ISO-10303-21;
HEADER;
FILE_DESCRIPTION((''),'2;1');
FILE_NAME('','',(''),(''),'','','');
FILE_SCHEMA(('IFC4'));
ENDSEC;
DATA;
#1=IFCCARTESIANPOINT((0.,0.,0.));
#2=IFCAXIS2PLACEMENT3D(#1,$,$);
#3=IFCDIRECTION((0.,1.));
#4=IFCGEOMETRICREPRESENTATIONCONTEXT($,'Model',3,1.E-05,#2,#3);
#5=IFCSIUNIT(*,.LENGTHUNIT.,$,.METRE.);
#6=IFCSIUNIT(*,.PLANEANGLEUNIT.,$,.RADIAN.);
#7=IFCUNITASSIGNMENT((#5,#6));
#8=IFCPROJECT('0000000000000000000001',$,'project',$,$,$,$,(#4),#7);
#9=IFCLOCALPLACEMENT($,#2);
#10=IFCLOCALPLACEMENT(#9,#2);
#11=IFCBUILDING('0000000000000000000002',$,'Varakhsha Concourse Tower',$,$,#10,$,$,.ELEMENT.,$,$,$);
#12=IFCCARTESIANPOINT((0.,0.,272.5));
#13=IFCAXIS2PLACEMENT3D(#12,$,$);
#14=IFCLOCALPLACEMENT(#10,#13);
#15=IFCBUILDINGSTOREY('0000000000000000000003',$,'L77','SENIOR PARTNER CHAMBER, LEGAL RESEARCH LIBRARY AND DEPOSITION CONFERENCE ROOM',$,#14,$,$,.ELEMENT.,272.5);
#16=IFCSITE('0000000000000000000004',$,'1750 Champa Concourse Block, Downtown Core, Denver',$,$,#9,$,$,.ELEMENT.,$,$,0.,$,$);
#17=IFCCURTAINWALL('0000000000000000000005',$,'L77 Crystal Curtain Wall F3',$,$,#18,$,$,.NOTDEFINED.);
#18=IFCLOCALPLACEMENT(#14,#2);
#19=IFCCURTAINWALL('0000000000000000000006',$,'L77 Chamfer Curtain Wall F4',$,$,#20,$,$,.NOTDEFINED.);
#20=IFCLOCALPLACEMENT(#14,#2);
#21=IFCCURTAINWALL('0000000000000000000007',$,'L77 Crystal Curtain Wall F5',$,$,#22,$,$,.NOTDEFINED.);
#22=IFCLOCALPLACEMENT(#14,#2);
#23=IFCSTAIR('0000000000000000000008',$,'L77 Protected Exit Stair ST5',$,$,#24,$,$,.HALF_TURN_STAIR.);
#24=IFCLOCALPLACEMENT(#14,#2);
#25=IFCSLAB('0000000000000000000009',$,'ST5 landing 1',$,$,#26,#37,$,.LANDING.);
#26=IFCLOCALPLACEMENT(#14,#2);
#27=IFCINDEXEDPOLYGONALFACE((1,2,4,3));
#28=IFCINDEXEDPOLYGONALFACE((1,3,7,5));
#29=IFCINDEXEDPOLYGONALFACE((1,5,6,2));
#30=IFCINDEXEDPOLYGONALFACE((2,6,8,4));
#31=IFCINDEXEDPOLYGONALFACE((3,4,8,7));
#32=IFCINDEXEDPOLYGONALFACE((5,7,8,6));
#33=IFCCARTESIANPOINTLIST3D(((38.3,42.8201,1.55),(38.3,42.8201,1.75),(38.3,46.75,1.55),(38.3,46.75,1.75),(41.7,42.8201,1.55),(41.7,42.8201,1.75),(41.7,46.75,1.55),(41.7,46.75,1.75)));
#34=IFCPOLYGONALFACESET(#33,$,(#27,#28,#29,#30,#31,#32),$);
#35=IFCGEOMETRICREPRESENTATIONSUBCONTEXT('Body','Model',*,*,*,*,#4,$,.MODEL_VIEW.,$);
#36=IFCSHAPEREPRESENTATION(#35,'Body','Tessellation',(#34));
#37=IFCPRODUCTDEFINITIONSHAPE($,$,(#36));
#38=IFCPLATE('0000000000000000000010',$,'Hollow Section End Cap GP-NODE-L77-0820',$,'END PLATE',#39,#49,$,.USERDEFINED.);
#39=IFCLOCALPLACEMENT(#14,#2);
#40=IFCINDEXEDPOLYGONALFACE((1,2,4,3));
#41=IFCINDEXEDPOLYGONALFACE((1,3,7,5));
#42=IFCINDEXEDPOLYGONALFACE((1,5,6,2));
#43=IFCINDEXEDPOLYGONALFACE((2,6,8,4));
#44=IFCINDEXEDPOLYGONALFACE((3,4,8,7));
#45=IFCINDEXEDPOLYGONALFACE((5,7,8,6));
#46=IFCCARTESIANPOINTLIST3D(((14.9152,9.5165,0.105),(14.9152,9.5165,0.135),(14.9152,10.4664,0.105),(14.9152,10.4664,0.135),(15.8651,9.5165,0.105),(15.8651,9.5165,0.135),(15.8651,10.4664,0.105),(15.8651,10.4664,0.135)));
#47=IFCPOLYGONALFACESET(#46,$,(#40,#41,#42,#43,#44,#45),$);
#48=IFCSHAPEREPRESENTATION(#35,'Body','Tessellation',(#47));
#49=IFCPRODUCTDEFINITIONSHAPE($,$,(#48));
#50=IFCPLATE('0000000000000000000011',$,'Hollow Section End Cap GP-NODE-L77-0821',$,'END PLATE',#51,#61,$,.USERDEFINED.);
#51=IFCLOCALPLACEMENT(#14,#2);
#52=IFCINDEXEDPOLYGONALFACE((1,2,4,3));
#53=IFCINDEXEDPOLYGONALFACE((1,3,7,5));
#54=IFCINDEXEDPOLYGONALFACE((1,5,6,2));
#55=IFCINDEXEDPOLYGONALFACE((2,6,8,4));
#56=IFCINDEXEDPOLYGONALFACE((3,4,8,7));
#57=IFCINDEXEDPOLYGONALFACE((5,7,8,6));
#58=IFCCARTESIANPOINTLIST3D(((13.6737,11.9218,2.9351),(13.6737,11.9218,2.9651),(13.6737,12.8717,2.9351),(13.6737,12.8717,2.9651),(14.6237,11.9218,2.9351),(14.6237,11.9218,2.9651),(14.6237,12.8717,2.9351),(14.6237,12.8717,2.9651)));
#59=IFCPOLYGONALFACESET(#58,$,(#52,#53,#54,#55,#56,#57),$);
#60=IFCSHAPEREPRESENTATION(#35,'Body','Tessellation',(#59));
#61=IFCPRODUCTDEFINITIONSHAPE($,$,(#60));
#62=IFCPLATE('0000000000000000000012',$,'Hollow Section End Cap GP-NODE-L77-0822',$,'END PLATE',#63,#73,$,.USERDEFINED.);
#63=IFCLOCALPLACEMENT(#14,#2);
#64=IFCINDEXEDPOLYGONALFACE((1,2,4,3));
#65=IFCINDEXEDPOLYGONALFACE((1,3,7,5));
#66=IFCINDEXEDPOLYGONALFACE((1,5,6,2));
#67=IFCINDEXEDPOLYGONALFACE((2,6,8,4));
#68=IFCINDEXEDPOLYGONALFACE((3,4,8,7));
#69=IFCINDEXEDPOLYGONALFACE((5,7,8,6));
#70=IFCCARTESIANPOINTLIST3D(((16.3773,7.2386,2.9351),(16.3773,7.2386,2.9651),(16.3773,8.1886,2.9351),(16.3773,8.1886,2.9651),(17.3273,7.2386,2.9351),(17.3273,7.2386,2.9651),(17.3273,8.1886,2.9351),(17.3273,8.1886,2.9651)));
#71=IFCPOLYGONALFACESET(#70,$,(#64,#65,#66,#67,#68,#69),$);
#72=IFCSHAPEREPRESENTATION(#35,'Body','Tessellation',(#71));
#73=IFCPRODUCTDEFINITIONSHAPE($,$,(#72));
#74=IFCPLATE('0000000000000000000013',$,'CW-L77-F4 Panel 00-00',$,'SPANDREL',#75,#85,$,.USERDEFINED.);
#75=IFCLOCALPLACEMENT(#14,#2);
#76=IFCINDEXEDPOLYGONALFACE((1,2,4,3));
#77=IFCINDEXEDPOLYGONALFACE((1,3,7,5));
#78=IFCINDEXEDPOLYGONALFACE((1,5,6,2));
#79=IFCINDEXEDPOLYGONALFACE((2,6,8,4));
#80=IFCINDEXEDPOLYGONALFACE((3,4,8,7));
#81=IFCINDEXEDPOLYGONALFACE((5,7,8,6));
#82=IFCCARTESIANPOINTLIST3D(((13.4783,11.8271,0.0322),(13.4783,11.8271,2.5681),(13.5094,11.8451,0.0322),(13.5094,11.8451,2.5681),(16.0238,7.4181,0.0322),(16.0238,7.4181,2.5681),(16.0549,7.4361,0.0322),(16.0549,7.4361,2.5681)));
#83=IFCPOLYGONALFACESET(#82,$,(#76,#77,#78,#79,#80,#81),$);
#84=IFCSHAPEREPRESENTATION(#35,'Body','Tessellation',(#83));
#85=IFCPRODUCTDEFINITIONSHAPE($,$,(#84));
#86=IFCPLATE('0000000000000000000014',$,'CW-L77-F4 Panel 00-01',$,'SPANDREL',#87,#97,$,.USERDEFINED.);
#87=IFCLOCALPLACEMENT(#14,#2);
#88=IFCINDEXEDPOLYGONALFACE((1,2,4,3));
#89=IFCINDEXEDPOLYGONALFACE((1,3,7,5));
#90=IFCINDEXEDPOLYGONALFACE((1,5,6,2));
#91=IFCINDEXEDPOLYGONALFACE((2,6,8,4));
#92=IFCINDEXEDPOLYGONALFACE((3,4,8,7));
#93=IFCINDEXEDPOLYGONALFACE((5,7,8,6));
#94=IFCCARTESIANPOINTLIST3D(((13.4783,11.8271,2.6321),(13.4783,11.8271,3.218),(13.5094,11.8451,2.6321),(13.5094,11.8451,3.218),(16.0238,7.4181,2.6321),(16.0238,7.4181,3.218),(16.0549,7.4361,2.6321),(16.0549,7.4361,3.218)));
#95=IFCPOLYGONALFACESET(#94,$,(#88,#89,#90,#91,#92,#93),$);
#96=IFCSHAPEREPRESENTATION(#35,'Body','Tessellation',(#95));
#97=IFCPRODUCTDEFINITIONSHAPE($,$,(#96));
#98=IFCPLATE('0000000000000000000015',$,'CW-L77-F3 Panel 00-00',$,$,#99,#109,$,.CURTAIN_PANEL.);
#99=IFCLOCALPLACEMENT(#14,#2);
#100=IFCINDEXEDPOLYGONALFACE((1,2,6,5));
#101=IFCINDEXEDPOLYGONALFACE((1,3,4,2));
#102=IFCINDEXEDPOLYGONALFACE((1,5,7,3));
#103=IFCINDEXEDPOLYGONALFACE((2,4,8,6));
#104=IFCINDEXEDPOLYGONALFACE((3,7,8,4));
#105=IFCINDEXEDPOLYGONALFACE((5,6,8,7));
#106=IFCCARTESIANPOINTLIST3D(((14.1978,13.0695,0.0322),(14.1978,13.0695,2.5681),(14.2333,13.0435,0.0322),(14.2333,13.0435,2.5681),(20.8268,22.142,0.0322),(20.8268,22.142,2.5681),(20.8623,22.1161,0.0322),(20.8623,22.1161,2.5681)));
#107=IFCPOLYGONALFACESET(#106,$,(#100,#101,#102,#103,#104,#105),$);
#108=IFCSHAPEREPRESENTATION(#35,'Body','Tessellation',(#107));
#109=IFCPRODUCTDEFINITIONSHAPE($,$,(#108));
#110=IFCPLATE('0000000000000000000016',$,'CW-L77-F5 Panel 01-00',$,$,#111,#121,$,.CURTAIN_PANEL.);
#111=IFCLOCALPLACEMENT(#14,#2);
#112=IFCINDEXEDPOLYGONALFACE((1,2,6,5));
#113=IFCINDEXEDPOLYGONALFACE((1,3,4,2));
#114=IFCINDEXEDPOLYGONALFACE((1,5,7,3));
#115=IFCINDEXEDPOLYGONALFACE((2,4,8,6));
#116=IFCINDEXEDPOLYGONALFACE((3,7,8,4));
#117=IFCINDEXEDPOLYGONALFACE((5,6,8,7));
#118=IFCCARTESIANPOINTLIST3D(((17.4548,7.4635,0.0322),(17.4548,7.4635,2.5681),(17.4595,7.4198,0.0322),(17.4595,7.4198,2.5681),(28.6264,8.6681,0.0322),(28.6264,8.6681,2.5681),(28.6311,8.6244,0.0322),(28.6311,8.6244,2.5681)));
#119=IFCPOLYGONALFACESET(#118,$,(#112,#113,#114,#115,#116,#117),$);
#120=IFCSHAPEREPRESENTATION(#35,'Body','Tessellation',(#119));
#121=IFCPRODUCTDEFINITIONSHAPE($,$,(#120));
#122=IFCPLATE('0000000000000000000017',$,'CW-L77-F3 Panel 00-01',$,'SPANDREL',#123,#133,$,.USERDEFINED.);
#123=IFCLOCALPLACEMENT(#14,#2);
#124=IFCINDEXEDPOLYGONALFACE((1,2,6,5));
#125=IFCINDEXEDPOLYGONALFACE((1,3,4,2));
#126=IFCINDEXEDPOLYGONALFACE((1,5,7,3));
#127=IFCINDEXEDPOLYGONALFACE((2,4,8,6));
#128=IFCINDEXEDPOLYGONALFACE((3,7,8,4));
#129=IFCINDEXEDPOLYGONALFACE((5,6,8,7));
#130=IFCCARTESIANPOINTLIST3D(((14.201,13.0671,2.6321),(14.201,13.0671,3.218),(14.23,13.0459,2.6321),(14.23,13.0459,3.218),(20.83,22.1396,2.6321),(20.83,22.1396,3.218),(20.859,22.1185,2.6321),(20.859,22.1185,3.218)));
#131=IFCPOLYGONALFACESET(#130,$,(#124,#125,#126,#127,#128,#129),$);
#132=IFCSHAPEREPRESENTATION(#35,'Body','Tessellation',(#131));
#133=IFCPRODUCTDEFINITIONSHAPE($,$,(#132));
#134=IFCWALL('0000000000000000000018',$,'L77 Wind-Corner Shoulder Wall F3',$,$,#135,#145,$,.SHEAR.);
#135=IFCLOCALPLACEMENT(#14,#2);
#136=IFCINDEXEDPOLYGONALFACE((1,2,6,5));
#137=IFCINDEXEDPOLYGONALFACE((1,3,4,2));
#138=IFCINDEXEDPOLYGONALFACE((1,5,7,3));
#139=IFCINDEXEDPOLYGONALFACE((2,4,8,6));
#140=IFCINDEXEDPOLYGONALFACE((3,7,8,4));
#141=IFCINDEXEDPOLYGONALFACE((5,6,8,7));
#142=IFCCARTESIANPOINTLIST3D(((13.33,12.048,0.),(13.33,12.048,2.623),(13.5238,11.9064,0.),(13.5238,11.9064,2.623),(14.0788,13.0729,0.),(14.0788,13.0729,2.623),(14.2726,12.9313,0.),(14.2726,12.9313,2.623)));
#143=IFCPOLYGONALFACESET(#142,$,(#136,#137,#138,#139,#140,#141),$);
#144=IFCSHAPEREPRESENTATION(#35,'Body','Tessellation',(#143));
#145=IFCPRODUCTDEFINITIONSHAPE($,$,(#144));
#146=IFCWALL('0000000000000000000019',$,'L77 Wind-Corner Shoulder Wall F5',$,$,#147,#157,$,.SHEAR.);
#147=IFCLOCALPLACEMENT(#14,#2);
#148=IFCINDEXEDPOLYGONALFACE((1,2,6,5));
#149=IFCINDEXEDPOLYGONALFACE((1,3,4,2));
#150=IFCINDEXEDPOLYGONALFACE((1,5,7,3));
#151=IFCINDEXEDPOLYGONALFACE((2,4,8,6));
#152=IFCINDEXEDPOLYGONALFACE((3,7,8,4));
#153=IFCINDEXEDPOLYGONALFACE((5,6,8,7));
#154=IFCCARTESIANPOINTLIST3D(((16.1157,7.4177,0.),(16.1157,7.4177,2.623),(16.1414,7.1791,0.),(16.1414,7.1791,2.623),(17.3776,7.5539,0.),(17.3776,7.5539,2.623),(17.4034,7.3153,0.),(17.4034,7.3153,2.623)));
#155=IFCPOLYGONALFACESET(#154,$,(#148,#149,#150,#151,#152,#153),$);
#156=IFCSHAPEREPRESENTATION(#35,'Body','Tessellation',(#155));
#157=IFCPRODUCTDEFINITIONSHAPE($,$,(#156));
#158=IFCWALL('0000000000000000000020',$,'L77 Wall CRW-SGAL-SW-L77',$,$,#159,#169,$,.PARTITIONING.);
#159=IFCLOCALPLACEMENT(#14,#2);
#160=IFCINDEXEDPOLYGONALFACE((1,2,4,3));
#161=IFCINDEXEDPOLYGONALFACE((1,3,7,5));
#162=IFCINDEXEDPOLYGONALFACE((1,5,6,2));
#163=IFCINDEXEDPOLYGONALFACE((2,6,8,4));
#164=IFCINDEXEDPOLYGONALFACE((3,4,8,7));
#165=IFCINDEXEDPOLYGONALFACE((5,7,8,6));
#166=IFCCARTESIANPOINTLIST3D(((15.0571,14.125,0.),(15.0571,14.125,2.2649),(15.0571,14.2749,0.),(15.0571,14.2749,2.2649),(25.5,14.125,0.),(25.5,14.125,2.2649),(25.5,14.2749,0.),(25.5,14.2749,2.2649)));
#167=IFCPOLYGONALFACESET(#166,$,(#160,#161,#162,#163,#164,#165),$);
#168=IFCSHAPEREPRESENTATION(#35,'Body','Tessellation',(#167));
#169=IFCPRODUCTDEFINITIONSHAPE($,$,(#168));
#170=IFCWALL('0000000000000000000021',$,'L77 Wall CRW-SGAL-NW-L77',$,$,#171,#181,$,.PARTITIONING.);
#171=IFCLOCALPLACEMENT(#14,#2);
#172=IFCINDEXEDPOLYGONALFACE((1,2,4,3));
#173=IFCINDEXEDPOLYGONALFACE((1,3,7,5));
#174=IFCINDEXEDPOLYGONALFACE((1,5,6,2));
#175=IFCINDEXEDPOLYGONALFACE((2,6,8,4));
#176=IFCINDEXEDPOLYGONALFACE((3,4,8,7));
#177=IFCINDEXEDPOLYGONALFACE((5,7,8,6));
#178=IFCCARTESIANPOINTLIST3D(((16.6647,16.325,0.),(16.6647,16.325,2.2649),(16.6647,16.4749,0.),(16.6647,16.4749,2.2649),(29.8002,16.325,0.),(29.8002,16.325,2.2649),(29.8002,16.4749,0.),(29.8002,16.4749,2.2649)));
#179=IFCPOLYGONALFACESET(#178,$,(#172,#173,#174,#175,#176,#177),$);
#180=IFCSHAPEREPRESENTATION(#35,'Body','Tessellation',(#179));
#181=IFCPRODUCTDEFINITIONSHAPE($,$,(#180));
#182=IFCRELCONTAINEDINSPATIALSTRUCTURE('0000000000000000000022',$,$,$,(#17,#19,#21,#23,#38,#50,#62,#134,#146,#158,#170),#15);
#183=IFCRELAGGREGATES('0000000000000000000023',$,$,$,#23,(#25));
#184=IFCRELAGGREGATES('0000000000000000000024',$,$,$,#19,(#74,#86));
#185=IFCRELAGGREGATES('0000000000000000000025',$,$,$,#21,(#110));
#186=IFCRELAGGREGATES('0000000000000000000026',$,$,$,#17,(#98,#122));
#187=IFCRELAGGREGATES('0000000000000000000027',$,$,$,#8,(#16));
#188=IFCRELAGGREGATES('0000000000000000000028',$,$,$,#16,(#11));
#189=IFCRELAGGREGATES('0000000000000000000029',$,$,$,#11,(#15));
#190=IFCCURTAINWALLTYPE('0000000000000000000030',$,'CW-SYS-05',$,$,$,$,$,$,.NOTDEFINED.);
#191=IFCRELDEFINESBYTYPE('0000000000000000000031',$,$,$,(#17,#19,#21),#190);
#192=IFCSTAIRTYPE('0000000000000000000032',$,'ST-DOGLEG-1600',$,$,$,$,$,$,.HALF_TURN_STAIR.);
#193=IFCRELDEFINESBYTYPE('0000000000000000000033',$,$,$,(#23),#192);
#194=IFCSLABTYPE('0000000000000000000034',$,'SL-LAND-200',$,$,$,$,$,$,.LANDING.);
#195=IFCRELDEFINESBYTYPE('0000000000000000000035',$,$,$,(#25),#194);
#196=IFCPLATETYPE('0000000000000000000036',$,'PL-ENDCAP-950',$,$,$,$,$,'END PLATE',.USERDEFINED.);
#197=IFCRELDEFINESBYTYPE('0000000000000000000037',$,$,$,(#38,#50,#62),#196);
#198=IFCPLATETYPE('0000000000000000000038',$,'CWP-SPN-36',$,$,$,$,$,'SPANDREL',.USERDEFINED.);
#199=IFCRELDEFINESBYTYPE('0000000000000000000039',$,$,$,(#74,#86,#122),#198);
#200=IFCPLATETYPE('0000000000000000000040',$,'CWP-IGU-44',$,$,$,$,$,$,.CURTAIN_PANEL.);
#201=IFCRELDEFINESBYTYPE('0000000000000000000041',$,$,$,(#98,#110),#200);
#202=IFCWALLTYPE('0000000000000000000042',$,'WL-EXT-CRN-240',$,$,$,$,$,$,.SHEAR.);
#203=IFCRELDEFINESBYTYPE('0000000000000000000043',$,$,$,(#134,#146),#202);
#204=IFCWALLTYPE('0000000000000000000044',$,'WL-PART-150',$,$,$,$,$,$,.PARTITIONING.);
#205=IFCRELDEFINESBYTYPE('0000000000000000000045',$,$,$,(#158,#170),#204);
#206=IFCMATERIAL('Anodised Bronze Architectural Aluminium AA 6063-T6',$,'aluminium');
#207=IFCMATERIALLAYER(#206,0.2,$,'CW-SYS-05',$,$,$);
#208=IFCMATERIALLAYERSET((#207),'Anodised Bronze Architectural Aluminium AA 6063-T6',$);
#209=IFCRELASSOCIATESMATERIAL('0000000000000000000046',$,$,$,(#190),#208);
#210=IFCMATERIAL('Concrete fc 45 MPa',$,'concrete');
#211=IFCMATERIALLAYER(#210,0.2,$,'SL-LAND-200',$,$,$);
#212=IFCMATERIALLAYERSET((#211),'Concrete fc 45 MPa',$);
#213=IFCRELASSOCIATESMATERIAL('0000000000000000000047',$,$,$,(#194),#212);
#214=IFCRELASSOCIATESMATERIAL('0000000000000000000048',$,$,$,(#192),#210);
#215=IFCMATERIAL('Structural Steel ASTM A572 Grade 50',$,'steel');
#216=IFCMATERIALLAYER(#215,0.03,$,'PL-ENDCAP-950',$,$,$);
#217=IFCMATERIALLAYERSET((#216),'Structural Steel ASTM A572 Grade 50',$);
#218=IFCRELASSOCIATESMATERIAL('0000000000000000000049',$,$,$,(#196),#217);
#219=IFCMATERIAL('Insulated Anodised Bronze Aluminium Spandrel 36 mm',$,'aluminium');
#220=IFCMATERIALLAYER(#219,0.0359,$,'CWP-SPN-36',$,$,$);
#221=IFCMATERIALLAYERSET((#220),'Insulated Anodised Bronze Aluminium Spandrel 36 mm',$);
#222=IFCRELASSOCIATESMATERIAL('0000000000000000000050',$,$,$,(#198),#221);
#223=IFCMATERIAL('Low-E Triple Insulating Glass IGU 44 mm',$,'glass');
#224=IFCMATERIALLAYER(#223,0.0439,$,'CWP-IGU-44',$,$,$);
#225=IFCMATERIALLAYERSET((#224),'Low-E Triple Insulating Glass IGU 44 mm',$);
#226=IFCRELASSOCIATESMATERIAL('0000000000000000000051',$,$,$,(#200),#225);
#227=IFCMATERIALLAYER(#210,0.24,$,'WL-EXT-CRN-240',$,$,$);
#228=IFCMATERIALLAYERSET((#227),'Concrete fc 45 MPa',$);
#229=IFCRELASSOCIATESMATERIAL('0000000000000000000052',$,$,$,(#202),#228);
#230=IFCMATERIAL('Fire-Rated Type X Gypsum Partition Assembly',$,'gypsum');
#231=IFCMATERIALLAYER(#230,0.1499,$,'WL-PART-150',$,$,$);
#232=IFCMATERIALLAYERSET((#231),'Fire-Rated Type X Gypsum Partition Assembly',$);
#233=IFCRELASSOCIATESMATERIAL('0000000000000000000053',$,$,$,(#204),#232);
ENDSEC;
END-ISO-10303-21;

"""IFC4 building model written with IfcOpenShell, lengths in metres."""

from ifc_helpers import new_model, si_unit, direction, frame, frame_2d, origin, origin_2d, place, context, subcontext, project, spatial, polyline, rectangle, outline, extrude, source, transform, mapped, material, layer, layer_set, type_object, type_shapes, element, aggregate, save


model = new_model("IFC4")

# Units and contexts
model_context = context("Model", 3, precision=1e-05, world=origin(), true_north=direction((0.0, 1.0)))
body_context = subcontext(model_context, "Body", "Model", "MODEL_VIEW")
ifc_project = project(units=[si_unit("LENGTHUNIT", "METRE"), si_unit("PLANEANGLEUNIT", "RADIAN")], contexts=[model_context])

# Site, building, storey
site_placement = place(None, origin())
site = spatial("IfcSite", under=ifc_project, at=site_placement, Name="1750 Champa Concourse Block, Downtown Core, Denver", CompositionType="ELEMENT", RefElevation=0.0)
building_placement = place(site_placement, origin())
building = spatial("IfcBuilding", under=site, at=building_placement, Name="Varakhsha Concourse Tower", CompositionType="ELEMENT")
storey_placement = place(building_placement, frame((0.0, 0.0, 272.5)))
storey = spatial("IfcBuildingStorey", under=building, at=storey_placement, Name="L77", Description="SENIOR PARTNER CHAMBER, LEGAL RESEARCH LIBRARY AND DEPOSITION CONFERENCE ROOM", CompositionType="ELEMENT", Elevation=272.5)

# Shared definitions
ifc_material_1 = material(Name="Structural Steel ASTM A572 Grade 50", Category="steel")

# Curtain wall
ifc_material_2 = material(Name="Anodised Bronze Architectural Aluminium AA 6063-T6", Category="aluminium")
ifc_layer_1 = layer(ifc_material_2, 0.2, Name="CW-SYS-05")
ifc_layer_set_1 = layer_set([ifc_layer_1], Name="Anodised Bronze Architectural Aluminium AA 6063-T6")
curtain_wall_type = type_object("IfcCurtainWallType", Name="CW-SYS-05", PredefinedType="NOTDEFINED", material=ifc_layer_set_1)
curtain_wall_1_placement = place(storey_placement, origin())
curtain_wall_1 = element("IfcCurtainWall", 1, at=curtain_wall_1_placement, inside=storey, type_object=curtain_wall_type, Name="L77 Crystal Curtain Wall F3", PredefinedType="NOTDEFINED")

# Curtain wall
curtain_wall_2_placement = place(storey_placement, origin())
curtain_wall_2 = element("IfcCurtainWall", 2, at=curtain_wall_2_placement, inside=storey, type_object=curtain_wall_type, Name="L77 Chamfer Curtain Wall F4", PredefinedType="NOTDEFINED")

# Curtain wall
curtain_wall_3_placement = place(storey_placement, origin())
curtain_wall_3 = element("IfcCurtainWall", 3, at=curtain_wall_3_placement, inside=storey, type_object=curtain_wall_type, Name="L77 Crystal Curtain Wall F5", PredefinedType="NOTDEFINED")

# Shared definitions
ifc_material_3 = material(Name="Concrete fc 45 MPa", Category="concrete")

# Stair, slab
ifc_layer_2 = layer(ifc_material_3, 0.2, Name="SL-LAND-200")
ifc_layer_set_2 = layer_set([ifc_layer_2], Name="Concrete fc 45 MPa")
slab_type_1 = type_object("IfcSlabType", Name="SL-LAND-200", PredefinedType="LANDING", material=ifc_layer_set_2)
stair_type_1 = type_object("IfcStairType", Name="ST-DOGLEG-1600", PredefinedType="HALF_TURN_STAIR", material=ifc_material_3)
stair_1_placement = place(storey_placement, origin())
stair_1 = element("IfcStair", 4, at=stair_1_placement, inside=storey, type_object=stair_type_1, Name="L77 Protected Exit Stair ST5", PredefinedType="HALF_TURN_STAIR")
slab_1_placement = place(storey_placement, frame((0.0, 0.0, 1.55)))
slab_1 = element("IfcSlab", 5, at=slab_1_placement, type_object=slab_type_1, Name="ST5 landing 1", PredefinedType="LANDING", context=body_context, shape_type="SweptSolid", body=[
    extrude(outline(polyline([(41.7, 42.8201), (41.7, 46.75), (38.3, 46.75), (38.3, 42.8201), (41.7, 42.8201)])), origin(), (0.0, 0.0, 1.0), 0.2),
])
aggregate(stair_1, [slab_1])

# Plates
ifc_layer_3 = layer(ifc_material_1, 0.03, Name="PL-ENDCAP-950")
ifc_layer_set_3 = layer_set([ifc_layer_3], Name="Structural Steel ASTM A572 Grade 50")
plate_type_1 = type_object("IfcPlateType", Name="PL-ENDCAP-950", ElementType="END PLATE", PredefinedType="USERDEFINED", material=ifc_layer_set_3)
shared_shape_1 = source(origin(), body_context, "Body", "SweptSolid", [
    extrude(rectangle(XDim=0.95, YDim=0.95, at=origin_2d()), origin(), (0.0, 0.0, 1.0), 0.03),
])
type_shapes(plate_type_1, [shared_shape_1])
for number, where, z_axis, x_axis, name in (
    (6, (15.3901, 9.9915, 0.105), (0.0, 0.0, 1.0), (1.0, 0.0, 0.0), "Hollow Section End Cap GP-NODE-L77-0820"),
    (7, (14.1487, 12.3967, 2.9351), (0.0, 0.0, 1.0), (1.0, 0.0, 0.0), "Hollow Section End Cap GP-NODE-L77-0821"),
    (8, (16.8523, 7.7136, 2.9351), (0.0, 0.0, 1.0), (1.0, 0.0, 0.0), "Hollow Section End Cap GP-NODE-L77-0822"),
):
    element("IfcPlate", number, at=place(storey_placement, frame(where, z_axis=z_axis, x_axis=x_axis)), inside=storey, type_object=plate_type_1, Name=name, ObjectType="END PLATE", PredefinedType="USERDEFINED", context=body_context, shape_type="MappedRepresentation", body=[
        mapped(shared_shape_1, transform((0.0, 0.0, 0.0), scale=1.0)),
    ])

# Plates
ifc_material_4 = material(Name="Insulated Anodised Bronze Aluminium Spandrel 36 mm", Category="aluminium")
ifc_layer_4 = layer(ifc_material_4, 0.0359, Name="CWP-SPN-36")
ifc_layer_set_4 = layer_set([ifc_layer_4], Name="Insulated Anodised Bronze Aluminium Spandrel 36 mm")
plate_type_2 = type_object("IfcPlateType", Name="CWP-SPN-36", ElementType="SPANDREL", PredefinedType="USERDEFINED", material=ifc_layer_set_4)
shared_shape_2 = source(origin(), body_context, "Body", "SweptSolid", [
    extrude(rectangle(XDim=5.0911, YDim=0.0359, at=origin_2d()), origin(), (0.0, 0.0, 1.0), 2.5359),
])
plate_1_placement = place(storey_placement, frame((14.7666, 9.6316, 0.0322), z_axis=(0.0, 0.0, 1.0), x_axis=(-0.499991, 0.866031, 0.0)))
plate_1 = element("IfcPlate", 9, at=plate_1_placement, type_object=plate_type_2, Name="CW-L77-F4 Panel 00-00", ObjectType="SPANDREL", PredefinedType="USERDEFINED", context=body_context, shape_type="MappedRepresentation", body=[
    mapped(shared_shape_2, transform((0.0, 0.0, 0.0), scale=1.0)),
])
shared_shape_3 = source(origin(), body_context, "Body", "SweptSolid", [
    extrude(rectangle(XDim=5.0911, YDim=0.0359, at=origin_2d()), origin(), (0.0, 0.0, 1.0), 0.5859),
])
plate_2_placement = place(storey_placement, frame((14.7666, 9.6316, 2.6321), z_axis=(0.0, 0.0, 1.0), x_axis=(-0.499991, 0.866031, 0.0)))
plate_2 = element("IfcPlate", 10, at=plate_2_placement, type_object=plate_type_2, Name="CW-L77-F4 Panel 00-01", ObjectType="SPANDREL", PredefinedType="USERDEFINED", context=body_context, shape_type="MappedRepresentation", body=[
    mapped(shared_shape_3, transform((0.0, 0.0, 0.0), scale=1.0)),
])
aggregate(curtain_wall_2, [plate_1, plate_2])
ifc_material_5 = material(Name="Low-E Triple Insulating Glass IGU 44 mm", Category="glass")
ifc_layer_5 = layer(ifc_material_5, 0.0439, Name="CWP-IGU-44")
ifc_layer_set_5 = layer_set([ifc_layer_5], Name="Low-E Triple Insulating Glass IGU 44 mm")
plate_type_3 = type_object("IfcPlateType", Name="CWP-IGU-44", PredefinedType="CURTAIN_PANEL", material=ifc_layer_set_5)
shared_shape_4 = source(origin(), body_context, "Body", "SweptSolid", [
    extrude(rectangle(XDim=11.2363, YDim=0.0439, at=origin_2d()), origin(), (0.0, 0.0, 1.0), 2.5359),
])
type_shapes(plate_type_3, [shared_shape_4])
plate_3_placement = place(storey_placement, frame((17.53, 17.5928, 0.0322), z_axis=(0.0, 0.0, 1.0), x_axis=(0.58996, 0.807432, 0.0)))
plate_3 = element("IfcPlate", 11, at=plate_3_placement, type_object=plate_type_3, Name="CW-L77-F3 Panel 00-00", PredefinedType="CURTAIN_PANEL", context=body_context, shape_type="MappedRepresentation", body=[
    mapped(shared_shape_4, transform((0.0, 0.0, 0.0), scale=1.0)),
])
plate_4_placement = place(storey_placement, frame((23.043, 8.0439, 0.0322), z_axis=(0.0, 0.0, 1.0), x_axis=(-0.994236, -0.10721, 0.0)))
plate_4 = element("IfcPlate", 12, at=plate_4_placement, type_object=plate_type_3, Name="CW-L77-F5 Panel 01-00", PredefinedType="CURTAIN_PANEL", context=body_context, shape_type="MappedRepresentation", body=[
    mapped(shared_shape_4, transform((0.0, 0.0, 0.0), scale=1.0)),
])
aggregate(curtain_wall_3, [plate_4])
shared_shape_5 = source(origin(), body_context, "Body", "SweptSolid", [
    extrude(rectangle(XDim=11.2363, YDim=0.0359, at=origin_2d()), origin(), (0.0, 0.0, 1.0), 0.5859),
])
type_shapes(plate_type_2, [shared_shape_2, shared_shape_3, shared_shape_5])
plate_5_placement = place(storey_placement, frame((17.53, 17.5928, 2.6321), z_axis=(0.0, 0.0, 1.0), x_axis=(0.58996, 0.807432, 0.0)))
plate_5 = element("IfcPlate", 13, at=plate_5_placement, type_object=plate_type_2, Name="CW-L77-F3 Panel 00-01", ObjectType="SPANDREL", PredefinedType="USERDEFINED", context=body_context, shape_type="MappedRepresentation", body=[
    mapped(shared_shape_5, transform((0.0, 0.0, 0.0), scale=1.0)),
])
aggregate(curtain_wall_1, [plate_3, plate_5])

# Walls
ifc_layer_6 = layer(ifc_material_3, 0.24, Name="WL-EXT-CRN-240")
ifc_layer_set_6 = layer_set([ifc_layer_6], Name="Concrete fc 45 MPa")
wall_type_1 = type_object("IfcWallType", Name="WL-EXT-CRN-240", PredefinedType="SHEAR", material=ifc_layer_set_6)
for number, where, z_axis, x_axis, name in (
    (14, (14.1758, 13.0022, 0.0), (0.0, 0.0, 1.0), (-0.58992, -0.807462, 0.0), "L77 Wind-Corner Shoulder Wall F3"),
    (15, (16.1284, 7.2983, 0.0), (0.0, 0.0, 1.0), (0.994224, 0.107328, 0.0), "L77 Wind-Corner Shoulder Wall F5"),
):
    element("IfcWall", number, at=place(storey_placement, frame(where, z_axis=z_axis, x_axis=x_axis)), inside=storey, type_object=wall_type_1, Name=name, PredefinedType="SHEAR", context=body_context, shape_type="SweptSolid", body=[
        extrude(rectangle(XDim=1.2693, YDim=0.24, at=frame_2d((0.6348, 0.0))), origin(), (0.0, 0.0, 1.0), 2.623),
    ])
ifc_material_6 = material(Name="Fire-Rated Type X Gypsum Partition Assembly", Category="gypsum")
ifc_layer_7 = layer(ifc_material_6, 0.1499, Name="WL-PART-150")
ifc_layer_set_7 = layer_set([ifc_layer_7], Name="Fire-Rated Type X Gypsum Partition Assembly")
wall_type_2 = type_object("IfcWallType", Name="WL-PART-150", PredefinedType="PARTITIONING", material=ifc_layer_set_7)
wall_1_placement = place(storey_placement, frame((15.0571, 14.2, 0.0), z_axis=(0.0, 0.0, 1.0), x_axis=(1.0, 0.0, 0.0)))
element("IfcWall", 16, at=wall_1_placement, inside=storey, type_object=wall_type_2, Name="L77 Wall CRW-SGAL-SW-L77", PredefinedType="PARTITIONING", context=body_context, shape_type="SweptSolid", body=[
    extrude(rectangle(XDim=10.4429, YDim=0.1499, at=frame_2d((5.2214, 0.0))), origin(), (0.0, 0.0, 1.0), 2.2649),
])
wall_2_placement = place(storey_placement, frame((16.6646, 16.3999, 0.0), z_axis=(0.0, 0.0, 1.0), x_axis=(1.0, 0.0, 0.0)))
element("IfcWall", 17, at=wall_2_placement, inside=storey, type_object=wall_type_2, Name="L77 Wall CRW-SGAL-NW-L77", PredefinedType="PARTITIONING", context=body_context, shape_type="SweptSolid", body=[
    extrude(rectangle(XDim=13.1355, YDim=0.1499, at=frame_2d((6.5679, 0.0))), origin(), (0.0, 0.0, 1.0), 2.2649),
])

save(model, "model.ifc")
